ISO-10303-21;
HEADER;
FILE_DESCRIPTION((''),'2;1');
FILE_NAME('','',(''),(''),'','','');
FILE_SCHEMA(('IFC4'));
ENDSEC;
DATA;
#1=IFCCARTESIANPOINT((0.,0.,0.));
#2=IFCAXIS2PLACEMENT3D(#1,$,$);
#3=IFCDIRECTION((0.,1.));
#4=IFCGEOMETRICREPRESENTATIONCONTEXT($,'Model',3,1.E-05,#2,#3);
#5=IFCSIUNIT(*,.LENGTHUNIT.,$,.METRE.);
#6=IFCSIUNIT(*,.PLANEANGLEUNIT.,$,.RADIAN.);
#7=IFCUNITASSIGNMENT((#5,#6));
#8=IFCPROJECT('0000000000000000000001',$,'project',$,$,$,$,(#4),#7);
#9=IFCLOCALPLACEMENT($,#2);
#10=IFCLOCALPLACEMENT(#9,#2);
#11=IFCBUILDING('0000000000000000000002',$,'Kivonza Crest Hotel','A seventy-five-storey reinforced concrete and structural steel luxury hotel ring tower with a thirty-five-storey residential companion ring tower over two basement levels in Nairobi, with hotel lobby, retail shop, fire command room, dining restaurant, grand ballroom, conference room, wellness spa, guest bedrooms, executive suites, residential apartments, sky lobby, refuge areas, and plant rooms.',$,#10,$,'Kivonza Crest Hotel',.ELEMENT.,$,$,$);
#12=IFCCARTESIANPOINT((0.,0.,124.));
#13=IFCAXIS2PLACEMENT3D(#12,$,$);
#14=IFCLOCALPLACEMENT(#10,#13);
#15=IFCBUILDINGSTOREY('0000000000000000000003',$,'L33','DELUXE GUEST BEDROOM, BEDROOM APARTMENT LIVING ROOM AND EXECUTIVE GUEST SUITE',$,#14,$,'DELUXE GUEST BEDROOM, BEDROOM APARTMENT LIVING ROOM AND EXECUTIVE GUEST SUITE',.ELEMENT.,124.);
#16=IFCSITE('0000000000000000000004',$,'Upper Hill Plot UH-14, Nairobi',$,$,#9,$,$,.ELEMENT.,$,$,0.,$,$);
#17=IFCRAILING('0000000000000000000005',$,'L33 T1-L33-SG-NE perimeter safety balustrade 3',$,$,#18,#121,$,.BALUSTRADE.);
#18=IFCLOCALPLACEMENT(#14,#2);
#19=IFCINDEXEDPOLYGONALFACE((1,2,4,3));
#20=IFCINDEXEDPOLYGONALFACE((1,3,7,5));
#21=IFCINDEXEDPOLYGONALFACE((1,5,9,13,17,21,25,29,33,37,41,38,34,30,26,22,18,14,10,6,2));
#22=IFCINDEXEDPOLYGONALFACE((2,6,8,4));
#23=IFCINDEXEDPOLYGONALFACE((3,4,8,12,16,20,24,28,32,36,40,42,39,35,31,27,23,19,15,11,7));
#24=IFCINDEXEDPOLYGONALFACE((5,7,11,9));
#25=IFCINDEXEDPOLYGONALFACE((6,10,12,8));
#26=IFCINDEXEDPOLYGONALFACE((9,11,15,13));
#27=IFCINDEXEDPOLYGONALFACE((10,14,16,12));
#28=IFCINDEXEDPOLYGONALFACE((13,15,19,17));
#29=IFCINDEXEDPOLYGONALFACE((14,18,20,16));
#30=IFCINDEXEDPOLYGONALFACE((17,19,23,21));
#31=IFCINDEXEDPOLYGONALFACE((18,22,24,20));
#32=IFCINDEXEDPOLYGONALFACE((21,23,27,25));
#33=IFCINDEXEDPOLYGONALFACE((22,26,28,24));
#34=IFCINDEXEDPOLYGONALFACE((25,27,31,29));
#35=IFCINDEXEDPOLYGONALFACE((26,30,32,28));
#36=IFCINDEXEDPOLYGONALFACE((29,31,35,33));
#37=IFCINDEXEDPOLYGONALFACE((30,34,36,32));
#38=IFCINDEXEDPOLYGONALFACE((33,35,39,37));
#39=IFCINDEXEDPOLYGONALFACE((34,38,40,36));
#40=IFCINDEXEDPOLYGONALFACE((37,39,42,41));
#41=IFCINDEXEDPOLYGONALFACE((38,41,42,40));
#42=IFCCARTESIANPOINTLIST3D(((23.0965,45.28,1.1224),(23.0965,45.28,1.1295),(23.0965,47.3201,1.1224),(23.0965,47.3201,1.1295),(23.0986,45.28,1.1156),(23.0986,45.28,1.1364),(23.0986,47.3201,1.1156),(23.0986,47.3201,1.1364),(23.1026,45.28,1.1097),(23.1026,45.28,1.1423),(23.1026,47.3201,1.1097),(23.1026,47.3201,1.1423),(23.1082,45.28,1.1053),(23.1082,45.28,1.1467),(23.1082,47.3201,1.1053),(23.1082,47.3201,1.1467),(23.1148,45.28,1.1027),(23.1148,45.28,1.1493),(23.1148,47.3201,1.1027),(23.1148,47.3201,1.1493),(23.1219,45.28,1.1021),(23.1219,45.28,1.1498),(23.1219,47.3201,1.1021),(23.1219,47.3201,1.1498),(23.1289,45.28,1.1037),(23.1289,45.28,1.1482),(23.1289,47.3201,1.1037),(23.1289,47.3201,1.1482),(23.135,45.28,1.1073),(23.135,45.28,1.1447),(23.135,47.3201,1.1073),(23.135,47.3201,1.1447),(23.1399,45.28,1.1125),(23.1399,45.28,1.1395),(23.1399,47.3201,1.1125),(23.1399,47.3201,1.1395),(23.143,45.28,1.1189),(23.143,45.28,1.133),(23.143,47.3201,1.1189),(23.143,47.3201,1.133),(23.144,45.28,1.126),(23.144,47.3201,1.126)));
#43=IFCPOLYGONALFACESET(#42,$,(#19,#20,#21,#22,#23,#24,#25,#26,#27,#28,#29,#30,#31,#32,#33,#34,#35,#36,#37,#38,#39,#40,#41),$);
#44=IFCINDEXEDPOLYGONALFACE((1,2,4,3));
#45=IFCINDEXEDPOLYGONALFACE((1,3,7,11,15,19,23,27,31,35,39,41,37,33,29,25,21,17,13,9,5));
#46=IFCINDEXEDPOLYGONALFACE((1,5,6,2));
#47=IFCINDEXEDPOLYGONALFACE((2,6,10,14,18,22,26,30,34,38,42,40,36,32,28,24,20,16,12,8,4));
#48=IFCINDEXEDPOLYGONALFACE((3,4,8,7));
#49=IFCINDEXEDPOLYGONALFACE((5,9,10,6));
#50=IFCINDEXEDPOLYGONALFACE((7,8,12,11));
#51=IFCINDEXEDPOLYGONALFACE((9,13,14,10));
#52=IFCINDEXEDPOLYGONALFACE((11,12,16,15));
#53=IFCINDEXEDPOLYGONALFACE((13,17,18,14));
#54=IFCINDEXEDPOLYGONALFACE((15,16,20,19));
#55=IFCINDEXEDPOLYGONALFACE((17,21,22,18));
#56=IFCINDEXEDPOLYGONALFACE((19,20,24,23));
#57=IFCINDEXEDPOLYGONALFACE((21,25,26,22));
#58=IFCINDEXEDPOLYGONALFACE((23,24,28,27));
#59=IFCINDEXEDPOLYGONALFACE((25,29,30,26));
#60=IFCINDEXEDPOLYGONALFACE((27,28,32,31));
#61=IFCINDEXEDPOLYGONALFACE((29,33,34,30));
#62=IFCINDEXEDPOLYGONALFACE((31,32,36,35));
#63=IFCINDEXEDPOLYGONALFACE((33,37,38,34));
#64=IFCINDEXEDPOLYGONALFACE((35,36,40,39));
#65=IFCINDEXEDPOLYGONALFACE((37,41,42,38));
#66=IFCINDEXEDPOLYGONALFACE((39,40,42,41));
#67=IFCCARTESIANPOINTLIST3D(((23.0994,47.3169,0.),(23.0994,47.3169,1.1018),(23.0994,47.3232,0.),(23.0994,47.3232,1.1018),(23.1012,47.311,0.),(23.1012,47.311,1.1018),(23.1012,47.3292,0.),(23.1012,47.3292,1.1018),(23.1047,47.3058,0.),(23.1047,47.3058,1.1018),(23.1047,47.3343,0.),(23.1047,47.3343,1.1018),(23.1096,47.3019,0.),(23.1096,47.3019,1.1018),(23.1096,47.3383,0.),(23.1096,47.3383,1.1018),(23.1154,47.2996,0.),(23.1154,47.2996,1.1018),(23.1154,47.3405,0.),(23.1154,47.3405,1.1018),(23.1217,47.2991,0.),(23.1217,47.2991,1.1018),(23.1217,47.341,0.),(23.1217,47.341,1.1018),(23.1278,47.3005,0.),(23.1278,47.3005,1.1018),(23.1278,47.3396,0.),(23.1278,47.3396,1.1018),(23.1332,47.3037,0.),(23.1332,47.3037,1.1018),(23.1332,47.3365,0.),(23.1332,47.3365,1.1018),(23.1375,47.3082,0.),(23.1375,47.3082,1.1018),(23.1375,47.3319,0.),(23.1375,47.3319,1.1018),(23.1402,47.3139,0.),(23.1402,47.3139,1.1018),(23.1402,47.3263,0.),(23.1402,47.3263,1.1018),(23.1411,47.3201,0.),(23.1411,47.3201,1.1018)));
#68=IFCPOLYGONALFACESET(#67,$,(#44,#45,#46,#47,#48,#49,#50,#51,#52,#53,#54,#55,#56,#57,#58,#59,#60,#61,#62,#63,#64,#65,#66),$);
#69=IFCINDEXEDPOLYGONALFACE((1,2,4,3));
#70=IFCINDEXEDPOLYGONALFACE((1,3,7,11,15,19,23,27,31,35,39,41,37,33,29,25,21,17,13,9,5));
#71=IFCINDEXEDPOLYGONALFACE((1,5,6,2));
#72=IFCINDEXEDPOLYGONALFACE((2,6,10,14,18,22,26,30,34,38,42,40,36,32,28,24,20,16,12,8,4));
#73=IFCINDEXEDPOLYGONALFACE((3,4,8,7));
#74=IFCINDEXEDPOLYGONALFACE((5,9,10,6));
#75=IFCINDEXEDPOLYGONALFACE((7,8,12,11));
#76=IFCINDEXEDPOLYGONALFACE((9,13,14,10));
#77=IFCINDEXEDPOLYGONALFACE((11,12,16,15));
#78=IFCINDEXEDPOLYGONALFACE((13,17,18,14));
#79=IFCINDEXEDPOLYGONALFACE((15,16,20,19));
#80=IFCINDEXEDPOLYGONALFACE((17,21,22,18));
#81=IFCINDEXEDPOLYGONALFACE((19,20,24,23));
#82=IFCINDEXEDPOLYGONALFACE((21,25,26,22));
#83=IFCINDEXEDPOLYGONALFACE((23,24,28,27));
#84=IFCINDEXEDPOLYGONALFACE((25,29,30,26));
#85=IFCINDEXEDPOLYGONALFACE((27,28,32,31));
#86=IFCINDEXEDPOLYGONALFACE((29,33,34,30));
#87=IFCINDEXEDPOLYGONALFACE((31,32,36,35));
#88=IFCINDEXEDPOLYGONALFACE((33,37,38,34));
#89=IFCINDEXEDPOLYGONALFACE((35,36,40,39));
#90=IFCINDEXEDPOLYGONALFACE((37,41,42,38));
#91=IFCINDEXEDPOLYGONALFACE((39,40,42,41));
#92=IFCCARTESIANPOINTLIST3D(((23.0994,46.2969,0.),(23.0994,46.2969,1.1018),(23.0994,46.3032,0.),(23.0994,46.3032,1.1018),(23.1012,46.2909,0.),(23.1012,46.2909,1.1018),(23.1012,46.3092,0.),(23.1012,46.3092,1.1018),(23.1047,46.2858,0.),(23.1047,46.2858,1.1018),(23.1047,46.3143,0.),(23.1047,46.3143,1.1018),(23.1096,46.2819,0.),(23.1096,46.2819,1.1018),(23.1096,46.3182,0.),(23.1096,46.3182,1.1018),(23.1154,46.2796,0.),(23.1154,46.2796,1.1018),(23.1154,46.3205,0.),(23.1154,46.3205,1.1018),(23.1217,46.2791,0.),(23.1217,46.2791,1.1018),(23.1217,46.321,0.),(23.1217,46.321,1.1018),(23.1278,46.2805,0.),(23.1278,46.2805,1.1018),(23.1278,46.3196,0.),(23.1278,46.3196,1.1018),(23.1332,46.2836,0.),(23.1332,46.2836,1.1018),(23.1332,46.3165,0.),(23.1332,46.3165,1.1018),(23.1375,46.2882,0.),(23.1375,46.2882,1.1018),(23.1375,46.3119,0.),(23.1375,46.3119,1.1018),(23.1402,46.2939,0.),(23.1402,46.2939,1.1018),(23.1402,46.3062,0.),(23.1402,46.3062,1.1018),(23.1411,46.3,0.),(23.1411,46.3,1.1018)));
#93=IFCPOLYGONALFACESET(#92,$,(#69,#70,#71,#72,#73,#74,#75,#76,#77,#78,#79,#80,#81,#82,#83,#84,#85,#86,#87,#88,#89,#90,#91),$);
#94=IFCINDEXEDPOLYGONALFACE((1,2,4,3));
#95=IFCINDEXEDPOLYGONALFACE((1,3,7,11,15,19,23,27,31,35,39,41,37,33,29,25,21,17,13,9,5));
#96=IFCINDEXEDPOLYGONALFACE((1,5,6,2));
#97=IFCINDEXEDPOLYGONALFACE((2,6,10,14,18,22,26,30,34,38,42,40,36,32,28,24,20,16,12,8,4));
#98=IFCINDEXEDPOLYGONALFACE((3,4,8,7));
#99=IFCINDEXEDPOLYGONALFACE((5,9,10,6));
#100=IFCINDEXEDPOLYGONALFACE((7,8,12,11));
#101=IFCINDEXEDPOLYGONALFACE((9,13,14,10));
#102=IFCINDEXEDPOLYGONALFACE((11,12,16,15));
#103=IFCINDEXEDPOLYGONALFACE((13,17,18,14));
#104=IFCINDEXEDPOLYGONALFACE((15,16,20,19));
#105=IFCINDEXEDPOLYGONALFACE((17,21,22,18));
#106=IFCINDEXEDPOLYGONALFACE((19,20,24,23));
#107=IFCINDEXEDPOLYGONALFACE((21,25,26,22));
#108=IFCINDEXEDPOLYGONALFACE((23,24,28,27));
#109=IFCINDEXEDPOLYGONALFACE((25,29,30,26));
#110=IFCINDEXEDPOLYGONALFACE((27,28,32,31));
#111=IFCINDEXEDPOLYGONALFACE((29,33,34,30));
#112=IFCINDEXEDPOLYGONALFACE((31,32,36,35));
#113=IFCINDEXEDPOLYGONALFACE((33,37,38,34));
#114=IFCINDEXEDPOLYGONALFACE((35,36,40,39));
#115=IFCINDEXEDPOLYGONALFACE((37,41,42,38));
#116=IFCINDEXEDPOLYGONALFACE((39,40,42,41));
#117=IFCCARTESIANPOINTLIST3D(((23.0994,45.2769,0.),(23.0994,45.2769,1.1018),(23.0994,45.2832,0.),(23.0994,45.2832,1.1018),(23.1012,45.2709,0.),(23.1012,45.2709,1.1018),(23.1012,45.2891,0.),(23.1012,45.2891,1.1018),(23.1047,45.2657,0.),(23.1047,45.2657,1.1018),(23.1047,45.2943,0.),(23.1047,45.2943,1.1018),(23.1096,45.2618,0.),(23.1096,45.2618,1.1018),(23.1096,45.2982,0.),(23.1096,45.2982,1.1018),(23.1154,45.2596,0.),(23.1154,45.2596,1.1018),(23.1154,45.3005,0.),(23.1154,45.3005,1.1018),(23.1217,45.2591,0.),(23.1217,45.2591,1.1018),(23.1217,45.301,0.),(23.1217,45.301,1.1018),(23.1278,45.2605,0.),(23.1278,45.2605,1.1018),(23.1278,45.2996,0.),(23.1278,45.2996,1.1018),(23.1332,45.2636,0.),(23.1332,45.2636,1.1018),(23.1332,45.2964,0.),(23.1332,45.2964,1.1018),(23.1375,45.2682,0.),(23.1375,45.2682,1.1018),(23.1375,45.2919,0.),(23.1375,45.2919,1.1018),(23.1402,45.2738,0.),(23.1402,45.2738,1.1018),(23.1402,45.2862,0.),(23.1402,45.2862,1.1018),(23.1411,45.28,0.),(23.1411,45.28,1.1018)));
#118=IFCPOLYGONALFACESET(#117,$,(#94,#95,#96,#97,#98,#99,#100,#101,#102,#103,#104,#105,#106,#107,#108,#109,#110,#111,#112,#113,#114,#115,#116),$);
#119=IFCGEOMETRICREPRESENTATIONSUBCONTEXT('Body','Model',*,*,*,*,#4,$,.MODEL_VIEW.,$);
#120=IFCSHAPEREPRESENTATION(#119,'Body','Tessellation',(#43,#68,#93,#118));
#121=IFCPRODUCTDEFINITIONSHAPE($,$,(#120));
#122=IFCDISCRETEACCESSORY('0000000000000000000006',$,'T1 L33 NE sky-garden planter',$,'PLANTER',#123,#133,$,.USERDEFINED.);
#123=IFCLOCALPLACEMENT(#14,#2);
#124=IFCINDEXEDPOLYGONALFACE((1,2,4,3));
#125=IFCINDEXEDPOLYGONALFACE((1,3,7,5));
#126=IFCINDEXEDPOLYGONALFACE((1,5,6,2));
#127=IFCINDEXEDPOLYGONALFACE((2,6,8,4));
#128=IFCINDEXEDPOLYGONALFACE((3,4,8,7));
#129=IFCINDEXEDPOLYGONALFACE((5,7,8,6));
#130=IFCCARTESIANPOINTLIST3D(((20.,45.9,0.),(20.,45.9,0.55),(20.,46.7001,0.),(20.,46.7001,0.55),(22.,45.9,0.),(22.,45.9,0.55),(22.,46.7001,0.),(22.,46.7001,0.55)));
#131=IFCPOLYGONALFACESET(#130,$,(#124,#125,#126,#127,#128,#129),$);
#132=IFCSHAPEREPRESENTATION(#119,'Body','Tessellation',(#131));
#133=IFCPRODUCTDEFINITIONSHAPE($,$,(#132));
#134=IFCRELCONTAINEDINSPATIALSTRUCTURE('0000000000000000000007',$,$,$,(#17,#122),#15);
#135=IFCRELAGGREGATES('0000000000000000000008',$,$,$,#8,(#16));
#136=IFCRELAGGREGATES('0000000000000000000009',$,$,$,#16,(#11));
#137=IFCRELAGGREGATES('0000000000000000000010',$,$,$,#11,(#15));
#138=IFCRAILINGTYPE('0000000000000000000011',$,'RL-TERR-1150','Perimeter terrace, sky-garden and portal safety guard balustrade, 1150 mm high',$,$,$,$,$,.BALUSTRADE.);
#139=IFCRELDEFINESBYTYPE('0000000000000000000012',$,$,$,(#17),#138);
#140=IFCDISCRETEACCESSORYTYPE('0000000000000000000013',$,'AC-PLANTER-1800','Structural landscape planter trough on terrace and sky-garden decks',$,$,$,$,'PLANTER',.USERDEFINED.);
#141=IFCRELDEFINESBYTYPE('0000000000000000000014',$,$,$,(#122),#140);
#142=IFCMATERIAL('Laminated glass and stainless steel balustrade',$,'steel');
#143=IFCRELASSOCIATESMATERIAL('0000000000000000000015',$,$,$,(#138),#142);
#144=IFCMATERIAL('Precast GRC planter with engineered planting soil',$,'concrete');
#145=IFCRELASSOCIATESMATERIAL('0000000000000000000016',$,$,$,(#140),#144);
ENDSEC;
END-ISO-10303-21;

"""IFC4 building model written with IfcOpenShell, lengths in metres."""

from ifc_helpers import new_model, si_unit, direction, frame, origin, origin_2d, place, context, subcontext, project, spatial, rectangle, circle, extrude, material, type_object, element, save


model = new_model("IFC4")

# Units and contexts
model_context = context("Model", 3, precision=1e-05, world=origin(), true_north=direction((0.0, 1.0)))
body_context = subcontext(model_context, "Body", "Model", "MODEL_VIEW")
ifc_project = project(units=[si_unit("LENGTHUNIT", "METRE"), si_unit("PLANEANGLEUNIT", "RADIAN")], contexts=[model_context])

# Site, building, storey
site_placement = place(None, origin())
site = spatial("IfcSite", under=ifc_project, at=site_placement, Name="Upper Hill Plot UH-14, Nairobi", CompositionType="ELEMENT", RefElevation=0.0)
building_placement = place(site_placement, origin())
building = spatial("IfcBuilding", under=site, at=building_placement, Name="Kivonza Crest Hotel", Description="A seventy-five-storey reinforced concrete and structural steel luxury hotel ring tower with a thirty-five-storey residential companion ring tower over two basement levels in Nairobi, with hotel lobby, retail shop, fire command room, dining restaurant, grand ballroom, conference room, wellness spa, guest bedrooms, executive suites, residential apartments, sky lobby, refuge areas, and plant rooms.", LongName="Kivonza Crest Hotel", CompositionType="ELEMENT")
storey_placement = place(building_placement, frame((0.0, 0.0, 124.0)))
storey = spatial("IfcBuildingStorey", under=building, at=storey_placement, Name="L33", Description="DELUXE GUEST BEDROOM, BEDROOM APARTMENT LIVING ROOM AND EXECUTIVE GUEST SUITE", LongName="DELUXE GUEST BEDROOM, BEDROOM APARTMENT LIVING ROOM AND EXECUTIVE GUEST SUITE", CompositionType="ELEMENT", Elevation=124.0)

# Railing
ifc_material_1 = material(Name="Laminated glass and stainless steel balustrade", Category="steel")
railing_type = type_object("IfcRailingType", Name="RL-TERR-1150", Description="Perimeter terrace, sky-garden and portal safety guard balustrade, 1150 mm high", PredefinedType="BALUSTRADE", material=ifc_material_1)
railing_1_placement = place(storey_placement, frame((23.1201, 47.3201, 0.0)))
element("IfcRailing", 1, at=railing_1_placement, inside=storey, type_object=railing_type, Name="L33 T1-L33-SG-NE perimeter safety balustrade 3", PredefinedType="BALUSTRADE", context=body_context, shape_type="SweptSolid", body=[
    extrude(circle(Radius=0.0239, at=origin_2d()), frame((0.0, 0.0, 1.126), z_axis=(0.0, -1.0, 0.0), x_axis=(1.0, 0.0, 0.0)), (0.0, 0.0, 1.0), 2.04),
    extrude(circle(Radius=0.021, at=origin_2d()), origin(), (0.0, 0.0, 1.0), 1.1018),
    extrude(circle(Radius=0.021, at=origin_2d()), frame((0.0, -1.02, 0.0)), (0.0, 0.0, 1.0), 1.1018),
    extrude(circle(Radius=0.021, at=origin_2d()), frame((0.0, -2.04, 0.0)), (0.0, 0.0, 1.0), 1.1018),
])

# Discrete accessory
ifc_material_2 = material(Name="Precast GRC planter with engineered planting soil", Category="concrete")
discrete_accessory_type = type_object("IfcDiscreteAccessoryType", Name="AC-PLANTER-1800", Description="Structural landscape planter trough on terrace and sky-garden decks", ElementType="PLANTER", PredefinedType="USERDEFINED", material=ifc_material_2)
discrete_accessory_placement = place(storey_placement, frame((21.0, 46.3, 0.0), z_axis=(0.0, 0.0, 1.0), x_axis=(1.0, 0.0, 0.0)))
element("IfcDiscreteAccessory", 2, at=discrete_accessory_placement, inside=storey, type_object=discrete_accessory_type, Name="T1 L33 NE sky-garden planter", ObjectType="PLANTER", PredefinedType="USERDEFINED", context=body_context, shape_type="SweptSolid", body=[
    extrude(rectangle(XDim=2.0, YDim=0.8, at=origin_2d()), origin(), (0.0, 0.0, 1.0), 0.55),
])

save(model, "model.ifc")
